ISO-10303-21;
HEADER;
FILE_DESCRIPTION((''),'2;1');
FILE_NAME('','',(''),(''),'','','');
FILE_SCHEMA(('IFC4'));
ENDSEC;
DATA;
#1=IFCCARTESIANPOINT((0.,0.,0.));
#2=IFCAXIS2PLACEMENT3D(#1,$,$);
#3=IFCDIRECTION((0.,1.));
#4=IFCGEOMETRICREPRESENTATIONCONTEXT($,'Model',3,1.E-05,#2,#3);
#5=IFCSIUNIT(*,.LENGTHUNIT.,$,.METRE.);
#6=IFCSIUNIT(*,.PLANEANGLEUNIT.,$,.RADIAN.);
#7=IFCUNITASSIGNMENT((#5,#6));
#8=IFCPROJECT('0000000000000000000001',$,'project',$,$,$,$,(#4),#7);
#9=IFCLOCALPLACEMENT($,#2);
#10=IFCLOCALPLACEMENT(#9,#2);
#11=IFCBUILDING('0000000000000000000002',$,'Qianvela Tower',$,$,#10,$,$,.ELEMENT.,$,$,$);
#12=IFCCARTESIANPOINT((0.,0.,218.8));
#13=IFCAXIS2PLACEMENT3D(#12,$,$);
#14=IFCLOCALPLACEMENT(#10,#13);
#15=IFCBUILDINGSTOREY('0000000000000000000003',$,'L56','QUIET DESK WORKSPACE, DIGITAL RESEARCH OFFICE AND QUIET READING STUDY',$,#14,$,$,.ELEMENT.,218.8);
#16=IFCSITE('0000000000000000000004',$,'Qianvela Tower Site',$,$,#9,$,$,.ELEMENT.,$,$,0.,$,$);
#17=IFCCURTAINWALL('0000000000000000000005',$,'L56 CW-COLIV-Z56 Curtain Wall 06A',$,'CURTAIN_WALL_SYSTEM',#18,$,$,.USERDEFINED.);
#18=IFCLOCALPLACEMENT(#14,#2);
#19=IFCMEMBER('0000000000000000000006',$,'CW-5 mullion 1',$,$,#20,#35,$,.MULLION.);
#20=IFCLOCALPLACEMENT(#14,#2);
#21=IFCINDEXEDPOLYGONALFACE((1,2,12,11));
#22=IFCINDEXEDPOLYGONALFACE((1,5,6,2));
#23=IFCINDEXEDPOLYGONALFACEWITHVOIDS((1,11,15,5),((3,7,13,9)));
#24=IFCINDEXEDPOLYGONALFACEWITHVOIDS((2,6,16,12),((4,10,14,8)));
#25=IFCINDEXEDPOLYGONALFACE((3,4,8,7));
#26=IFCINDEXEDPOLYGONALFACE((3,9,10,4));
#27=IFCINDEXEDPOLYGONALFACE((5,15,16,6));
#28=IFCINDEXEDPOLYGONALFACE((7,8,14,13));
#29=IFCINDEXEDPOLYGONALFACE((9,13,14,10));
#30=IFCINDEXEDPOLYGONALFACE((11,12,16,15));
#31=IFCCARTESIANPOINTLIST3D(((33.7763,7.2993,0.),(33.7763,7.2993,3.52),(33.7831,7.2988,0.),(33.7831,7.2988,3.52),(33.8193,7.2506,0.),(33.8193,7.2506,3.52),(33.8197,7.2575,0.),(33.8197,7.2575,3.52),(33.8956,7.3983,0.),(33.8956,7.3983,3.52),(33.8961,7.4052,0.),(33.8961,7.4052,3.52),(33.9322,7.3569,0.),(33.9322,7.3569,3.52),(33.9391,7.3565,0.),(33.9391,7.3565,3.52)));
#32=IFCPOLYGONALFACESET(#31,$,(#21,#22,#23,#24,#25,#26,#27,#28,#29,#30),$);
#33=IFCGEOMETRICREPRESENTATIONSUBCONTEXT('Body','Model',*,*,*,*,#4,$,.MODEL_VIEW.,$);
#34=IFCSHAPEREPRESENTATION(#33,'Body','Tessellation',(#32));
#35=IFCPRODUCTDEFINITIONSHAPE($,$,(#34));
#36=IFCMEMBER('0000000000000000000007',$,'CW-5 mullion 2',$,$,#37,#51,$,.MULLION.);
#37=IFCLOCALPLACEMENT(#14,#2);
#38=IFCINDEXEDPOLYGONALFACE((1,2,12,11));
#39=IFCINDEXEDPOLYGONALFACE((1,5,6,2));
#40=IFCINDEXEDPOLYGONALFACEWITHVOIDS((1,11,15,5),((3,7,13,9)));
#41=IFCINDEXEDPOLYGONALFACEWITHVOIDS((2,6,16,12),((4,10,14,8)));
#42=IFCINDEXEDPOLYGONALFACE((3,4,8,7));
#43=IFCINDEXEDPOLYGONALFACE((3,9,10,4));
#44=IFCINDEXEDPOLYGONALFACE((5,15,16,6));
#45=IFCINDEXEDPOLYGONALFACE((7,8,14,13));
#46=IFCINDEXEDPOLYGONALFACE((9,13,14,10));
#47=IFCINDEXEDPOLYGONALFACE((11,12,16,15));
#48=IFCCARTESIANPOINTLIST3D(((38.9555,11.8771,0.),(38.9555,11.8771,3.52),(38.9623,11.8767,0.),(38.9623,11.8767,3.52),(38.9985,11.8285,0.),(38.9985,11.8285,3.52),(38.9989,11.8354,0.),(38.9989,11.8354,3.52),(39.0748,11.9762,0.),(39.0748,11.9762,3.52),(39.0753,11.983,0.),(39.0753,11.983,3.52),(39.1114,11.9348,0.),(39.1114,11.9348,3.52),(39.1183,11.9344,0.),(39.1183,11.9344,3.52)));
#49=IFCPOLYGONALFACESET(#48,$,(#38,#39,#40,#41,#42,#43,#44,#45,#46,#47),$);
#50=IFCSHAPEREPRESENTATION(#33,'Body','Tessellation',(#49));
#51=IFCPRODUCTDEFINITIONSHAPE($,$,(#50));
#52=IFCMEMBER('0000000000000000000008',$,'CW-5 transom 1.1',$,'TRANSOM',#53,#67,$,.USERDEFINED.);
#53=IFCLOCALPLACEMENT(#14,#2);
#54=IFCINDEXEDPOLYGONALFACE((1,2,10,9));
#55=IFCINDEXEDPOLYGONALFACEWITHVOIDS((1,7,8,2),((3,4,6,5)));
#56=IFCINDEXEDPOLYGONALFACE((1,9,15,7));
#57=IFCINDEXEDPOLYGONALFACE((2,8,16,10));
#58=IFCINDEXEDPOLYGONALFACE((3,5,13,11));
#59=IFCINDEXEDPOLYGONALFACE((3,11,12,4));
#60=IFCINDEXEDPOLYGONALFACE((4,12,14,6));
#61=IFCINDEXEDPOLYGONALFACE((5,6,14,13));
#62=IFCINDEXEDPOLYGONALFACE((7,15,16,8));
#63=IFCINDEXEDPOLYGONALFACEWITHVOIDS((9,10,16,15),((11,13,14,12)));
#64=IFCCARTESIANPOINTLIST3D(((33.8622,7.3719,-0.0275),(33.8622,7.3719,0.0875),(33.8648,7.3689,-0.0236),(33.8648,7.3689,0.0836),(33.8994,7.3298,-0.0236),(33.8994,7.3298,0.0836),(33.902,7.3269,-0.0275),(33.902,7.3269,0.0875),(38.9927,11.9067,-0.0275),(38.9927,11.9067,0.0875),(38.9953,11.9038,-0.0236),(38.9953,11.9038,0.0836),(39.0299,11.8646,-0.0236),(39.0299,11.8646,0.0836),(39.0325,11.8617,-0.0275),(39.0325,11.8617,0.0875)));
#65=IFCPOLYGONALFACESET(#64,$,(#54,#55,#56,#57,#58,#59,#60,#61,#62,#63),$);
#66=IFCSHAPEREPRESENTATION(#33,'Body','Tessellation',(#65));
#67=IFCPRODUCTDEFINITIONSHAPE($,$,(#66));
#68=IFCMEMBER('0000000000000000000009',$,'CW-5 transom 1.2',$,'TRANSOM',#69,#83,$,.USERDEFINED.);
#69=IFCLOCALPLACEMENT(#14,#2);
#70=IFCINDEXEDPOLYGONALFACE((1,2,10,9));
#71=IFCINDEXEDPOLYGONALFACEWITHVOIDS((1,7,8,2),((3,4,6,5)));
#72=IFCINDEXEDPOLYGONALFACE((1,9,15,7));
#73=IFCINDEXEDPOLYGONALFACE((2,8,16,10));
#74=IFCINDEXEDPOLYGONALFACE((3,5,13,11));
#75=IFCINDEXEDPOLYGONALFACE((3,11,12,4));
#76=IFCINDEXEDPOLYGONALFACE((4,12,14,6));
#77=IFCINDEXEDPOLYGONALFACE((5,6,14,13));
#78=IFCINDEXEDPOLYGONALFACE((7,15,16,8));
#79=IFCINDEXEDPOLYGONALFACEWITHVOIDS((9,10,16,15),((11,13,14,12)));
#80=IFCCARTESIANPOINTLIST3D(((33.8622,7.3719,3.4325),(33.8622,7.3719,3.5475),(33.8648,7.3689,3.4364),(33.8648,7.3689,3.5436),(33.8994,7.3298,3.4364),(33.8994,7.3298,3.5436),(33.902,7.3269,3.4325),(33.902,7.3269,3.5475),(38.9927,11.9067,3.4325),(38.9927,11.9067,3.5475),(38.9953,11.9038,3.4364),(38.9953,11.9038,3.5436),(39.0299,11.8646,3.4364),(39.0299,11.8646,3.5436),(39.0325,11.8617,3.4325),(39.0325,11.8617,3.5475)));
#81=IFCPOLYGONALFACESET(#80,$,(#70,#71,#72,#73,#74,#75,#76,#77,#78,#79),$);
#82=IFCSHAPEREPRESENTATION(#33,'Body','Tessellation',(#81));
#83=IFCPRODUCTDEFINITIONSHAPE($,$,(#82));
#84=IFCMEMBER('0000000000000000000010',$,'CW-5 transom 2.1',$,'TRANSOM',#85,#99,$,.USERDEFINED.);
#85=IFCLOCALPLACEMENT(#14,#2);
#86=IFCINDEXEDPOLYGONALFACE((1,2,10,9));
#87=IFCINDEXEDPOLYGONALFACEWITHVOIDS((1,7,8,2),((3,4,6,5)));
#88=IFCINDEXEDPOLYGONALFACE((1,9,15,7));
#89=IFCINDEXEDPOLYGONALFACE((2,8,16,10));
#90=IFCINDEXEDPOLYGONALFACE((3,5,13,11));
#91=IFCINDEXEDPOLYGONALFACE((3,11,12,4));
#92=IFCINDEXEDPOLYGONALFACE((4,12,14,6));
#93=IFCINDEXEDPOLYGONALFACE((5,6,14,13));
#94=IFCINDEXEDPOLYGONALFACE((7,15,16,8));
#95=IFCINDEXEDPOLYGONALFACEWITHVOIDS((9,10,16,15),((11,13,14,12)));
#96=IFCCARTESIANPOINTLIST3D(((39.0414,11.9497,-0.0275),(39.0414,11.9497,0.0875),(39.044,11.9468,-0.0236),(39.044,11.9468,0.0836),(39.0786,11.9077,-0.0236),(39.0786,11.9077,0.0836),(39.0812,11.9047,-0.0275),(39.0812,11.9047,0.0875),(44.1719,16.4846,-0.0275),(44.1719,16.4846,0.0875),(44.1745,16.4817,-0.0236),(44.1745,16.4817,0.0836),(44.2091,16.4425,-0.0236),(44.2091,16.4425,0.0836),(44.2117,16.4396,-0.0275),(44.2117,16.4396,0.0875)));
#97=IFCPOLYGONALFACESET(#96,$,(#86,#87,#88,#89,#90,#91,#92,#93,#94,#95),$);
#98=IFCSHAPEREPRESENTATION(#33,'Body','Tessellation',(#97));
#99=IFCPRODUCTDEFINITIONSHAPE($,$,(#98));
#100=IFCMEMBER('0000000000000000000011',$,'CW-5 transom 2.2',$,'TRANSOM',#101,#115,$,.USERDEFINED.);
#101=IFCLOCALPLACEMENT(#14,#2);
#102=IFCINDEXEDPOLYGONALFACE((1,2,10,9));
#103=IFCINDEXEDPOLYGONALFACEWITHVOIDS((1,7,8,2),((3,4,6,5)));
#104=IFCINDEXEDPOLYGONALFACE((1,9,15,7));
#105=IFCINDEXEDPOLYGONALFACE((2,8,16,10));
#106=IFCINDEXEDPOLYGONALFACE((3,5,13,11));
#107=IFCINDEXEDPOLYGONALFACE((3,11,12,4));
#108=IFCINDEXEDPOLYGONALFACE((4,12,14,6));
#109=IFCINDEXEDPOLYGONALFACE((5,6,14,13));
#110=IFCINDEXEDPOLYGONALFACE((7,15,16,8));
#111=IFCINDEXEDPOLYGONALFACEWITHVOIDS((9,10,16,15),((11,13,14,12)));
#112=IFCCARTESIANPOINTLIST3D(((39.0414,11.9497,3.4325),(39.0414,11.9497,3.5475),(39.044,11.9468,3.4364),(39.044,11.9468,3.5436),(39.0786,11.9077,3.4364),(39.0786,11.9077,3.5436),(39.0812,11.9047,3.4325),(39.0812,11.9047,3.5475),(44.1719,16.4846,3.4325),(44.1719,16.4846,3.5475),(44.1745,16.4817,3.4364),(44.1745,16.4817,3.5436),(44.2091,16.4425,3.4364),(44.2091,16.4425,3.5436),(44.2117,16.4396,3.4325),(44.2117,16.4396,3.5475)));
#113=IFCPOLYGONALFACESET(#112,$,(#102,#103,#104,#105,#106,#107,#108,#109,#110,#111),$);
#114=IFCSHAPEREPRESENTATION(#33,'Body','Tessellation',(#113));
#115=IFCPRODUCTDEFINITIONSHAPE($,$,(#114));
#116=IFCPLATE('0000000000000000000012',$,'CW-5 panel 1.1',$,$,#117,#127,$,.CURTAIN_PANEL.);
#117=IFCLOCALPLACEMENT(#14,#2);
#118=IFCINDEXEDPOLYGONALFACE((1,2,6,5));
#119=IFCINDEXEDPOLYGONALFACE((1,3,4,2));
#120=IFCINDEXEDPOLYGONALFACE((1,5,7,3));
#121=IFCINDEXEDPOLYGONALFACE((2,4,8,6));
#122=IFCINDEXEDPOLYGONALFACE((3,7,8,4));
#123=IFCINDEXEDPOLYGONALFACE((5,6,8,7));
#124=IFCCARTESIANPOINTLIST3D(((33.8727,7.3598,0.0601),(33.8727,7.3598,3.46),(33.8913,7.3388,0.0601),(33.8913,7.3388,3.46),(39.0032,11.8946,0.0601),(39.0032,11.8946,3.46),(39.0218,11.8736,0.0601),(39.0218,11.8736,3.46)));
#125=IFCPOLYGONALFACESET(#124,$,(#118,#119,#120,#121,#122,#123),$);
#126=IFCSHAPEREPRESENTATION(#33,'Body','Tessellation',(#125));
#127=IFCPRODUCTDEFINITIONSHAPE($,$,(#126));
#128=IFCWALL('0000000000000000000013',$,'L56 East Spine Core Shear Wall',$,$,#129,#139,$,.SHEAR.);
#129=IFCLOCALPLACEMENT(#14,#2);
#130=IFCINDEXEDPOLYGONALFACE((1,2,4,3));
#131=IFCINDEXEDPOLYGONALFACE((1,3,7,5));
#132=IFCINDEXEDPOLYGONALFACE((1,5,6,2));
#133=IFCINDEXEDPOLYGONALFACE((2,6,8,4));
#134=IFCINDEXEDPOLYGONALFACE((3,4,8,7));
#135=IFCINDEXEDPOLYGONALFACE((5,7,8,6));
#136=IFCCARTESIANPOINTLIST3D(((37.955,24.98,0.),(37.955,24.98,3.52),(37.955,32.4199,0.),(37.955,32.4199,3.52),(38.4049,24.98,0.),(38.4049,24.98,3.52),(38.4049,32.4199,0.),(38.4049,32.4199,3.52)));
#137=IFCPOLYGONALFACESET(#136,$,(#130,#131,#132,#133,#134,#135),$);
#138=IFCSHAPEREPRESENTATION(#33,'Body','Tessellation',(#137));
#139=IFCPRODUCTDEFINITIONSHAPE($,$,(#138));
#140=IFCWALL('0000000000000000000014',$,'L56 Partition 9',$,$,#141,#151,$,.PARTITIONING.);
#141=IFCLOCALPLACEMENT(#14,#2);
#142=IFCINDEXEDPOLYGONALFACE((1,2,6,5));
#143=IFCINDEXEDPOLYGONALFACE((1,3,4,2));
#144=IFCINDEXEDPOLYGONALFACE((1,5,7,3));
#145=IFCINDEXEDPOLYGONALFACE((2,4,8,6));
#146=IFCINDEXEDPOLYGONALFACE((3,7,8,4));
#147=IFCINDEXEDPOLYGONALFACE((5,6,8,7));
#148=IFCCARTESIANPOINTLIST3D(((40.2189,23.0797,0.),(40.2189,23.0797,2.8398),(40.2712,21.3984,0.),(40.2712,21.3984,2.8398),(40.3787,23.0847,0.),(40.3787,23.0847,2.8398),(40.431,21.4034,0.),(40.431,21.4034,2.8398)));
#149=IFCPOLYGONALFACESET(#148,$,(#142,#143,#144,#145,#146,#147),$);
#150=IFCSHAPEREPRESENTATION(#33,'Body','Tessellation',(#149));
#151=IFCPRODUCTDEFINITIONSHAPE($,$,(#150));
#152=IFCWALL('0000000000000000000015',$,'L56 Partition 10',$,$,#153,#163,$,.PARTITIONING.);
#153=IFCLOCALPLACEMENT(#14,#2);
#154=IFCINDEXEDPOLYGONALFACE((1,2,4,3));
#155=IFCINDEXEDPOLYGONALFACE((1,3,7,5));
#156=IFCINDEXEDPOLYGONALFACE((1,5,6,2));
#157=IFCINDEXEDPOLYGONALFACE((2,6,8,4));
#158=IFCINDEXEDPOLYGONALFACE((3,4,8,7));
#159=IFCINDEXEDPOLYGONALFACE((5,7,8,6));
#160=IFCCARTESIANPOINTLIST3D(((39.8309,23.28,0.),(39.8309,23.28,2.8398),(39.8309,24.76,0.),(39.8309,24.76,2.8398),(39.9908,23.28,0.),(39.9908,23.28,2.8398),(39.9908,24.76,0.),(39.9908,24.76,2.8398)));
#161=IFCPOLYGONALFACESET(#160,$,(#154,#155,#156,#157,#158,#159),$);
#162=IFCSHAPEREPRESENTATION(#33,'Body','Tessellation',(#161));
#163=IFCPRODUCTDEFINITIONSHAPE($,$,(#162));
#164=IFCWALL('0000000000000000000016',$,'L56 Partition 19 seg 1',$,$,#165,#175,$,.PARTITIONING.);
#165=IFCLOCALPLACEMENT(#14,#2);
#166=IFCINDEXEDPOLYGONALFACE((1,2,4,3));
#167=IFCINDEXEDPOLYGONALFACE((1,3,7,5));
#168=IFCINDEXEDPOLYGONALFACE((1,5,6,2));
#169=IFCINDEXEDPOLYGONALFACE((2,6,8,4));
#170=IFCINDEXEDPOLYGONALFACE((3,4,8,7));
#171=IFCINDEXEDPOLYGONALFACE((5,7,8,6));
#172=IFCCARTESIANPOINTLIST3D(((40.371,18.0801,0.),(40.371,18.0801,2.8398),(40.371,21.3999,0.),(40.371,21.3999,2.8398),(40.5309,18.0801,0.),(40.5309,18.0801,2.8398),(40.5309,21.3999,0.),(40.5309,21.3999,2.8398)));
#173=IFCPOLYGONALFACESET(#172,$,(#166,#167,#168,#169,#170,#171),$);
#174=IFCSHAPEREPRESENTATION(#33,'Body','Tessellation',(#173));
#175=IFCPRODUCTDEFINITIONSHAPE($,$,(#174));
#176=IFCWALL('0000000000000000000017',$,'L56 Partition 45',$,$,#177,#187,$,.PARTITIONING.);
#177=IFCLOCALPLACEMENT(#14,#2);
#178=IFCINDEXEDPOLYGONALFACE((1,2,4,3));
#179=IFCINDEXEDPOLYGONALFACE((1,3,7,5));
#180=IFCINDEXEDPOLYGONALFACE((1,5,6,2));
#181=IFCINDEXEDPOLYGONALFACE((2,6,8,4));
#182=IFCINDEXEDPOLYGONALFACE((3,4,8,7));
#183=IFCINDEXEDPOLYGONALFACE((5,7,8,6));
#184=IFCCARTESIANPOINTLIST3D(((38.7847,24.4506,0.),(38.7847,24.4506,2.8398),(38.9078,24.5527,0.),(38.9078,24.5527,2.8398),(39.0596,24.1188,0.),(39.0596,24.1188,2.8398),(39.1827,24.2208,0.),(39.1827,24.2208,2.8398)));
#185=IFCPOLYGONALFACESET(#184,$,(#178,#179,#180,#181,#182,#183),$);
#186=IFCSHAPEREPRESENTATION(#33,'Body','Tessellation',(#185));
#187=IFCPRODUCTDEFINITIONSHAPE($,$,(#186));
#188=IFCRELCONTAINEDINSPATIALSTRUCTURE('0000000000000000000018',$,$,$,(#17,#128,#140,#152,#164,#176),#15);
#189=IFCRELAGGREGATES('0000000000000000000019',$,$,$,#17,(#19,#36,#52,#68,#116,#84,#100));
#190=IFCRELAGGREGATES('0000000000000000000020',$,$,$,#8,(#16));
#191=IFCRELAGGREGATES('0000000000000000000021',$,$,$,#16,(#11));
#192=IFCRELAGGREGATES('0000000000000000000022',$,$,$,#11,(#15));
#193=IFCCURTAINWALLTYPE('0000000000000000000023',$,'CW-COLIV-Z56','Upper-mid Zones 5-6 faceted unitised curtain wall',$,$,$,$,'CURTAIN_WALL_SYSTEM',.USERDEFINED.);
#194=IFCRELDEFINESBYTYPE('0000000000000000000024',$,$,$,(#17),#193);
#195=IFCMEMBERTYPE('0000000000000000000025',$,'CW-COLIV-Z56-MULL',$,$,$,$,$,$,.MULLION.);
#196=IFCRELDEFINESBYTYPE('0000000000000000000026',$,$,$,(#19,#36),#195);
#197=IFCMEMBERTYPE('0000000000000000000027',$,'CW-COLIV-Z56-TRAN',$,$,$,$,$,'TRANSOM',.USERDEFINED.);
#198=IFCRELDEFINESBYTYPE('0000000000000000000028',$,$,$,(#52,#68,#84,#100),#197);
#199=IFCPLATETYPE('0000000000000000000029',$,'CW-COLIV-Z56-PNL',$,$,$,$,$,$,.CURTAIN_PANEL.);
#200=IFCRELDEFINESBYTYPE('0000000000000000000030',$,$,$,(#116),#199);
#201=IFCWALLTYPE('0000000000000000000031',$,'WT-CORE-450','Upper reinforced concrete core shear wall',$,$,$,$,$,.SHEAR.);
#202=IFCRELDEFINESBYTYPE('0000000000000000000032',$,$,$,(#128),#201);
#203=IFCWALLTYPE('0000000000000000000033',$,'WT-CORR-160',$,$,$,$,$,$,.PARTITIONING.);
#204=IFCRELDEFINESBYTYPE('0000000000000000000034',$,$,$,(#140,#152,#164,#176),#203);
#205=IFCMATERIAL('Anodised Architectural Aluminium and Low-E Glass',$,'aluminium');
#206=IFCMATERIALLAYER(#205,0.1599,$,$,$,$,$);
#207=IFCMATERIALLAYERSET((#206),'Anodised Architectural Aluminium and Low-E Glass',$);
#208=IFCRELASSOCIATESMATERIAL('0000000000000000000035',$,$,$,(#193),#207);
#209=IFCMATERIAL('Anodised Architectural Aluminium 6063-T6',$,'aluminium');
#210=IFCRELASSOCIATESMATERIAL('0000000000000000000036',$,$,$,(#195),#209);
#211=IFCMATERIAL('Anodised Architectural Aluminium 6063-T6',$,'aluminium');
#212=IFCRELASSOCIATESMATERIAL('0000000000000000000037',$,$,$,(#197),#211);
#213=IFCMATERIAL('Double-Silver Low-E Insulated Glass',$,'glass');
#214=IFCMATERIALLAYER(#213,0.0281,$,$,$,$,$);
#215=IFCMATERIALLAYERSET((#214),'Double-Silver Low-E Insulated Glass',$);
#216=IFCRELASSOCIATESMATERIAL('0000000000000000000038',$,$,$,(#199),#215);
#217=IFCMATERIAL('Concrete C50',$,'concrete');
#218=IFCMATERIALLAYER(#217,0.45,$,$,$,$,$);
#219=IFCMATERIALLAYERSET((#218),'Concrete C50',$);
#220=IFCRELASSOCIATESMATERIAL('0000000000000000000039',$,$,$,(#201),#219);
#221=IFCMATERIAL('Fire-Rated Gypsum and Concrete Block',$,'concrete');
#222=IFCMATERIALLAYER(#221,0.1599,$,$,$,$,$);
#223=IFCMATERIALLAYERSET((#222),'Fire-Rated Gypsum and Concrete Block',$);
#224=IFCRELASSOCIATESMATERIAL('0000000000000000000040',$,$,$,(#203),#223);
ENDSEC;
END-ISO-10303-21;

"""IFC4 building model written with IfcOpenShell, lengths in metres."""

from ifc_helpers import new_model, si_unit, direction, frame, frame_2d, origin, origin_2d, place, context, subcontext, project, spatial, rectangle, hollow_rectangle, extrude, material, layer, layer_set, material_profile, profile_set, type_object, element, aggregate, save


model = new_model("IFC4")

# Units and contexts
model_context = context("Model", 3, precision=1e-05, world=origin(), true_north=direction((0.0, 1.0)))
body_context = subcontext(model_context, "Body", "Model", "MODEL_VIEW")
ifc_project = project(units=[si_unit("LENGTHUNIT", "METRE"), si_unit("PLANEANGLEUNIT", "RADIAN")], contexts=[model_context])

# Site, building, storey
site_placement = place(None, origin())
site = spatial("IfcSite", under=ifc_project, at=site_placement, Name="Qianvela Tower Site", CompositionType="ELEMENT", RefElevation=0.0)
building_placement = place(site_placement, origin())
building = spatial("IfcBuilding", under=site, at=building_placement, Name="Qianvela Tower", CompositionType="ELEMENT")
storey_placement = place(building_placement, frame((0.0, 0.0, 218.8)))
storey = spatial("IfcBuildingStorey", under=building, at=storey_placement, Name="L56", Description="QUIET DESK WORKSPACE, DIGITAL RESEARCH OFFICE AND QUIET READING STUDY", CompositionType="ELEMENT", Elevation=218.8)

# Curtain wall, members, plate
ifc_material_1 = material(Name="Anodised Architectural Aluminium and Low-E Glass", Category="aluminium")
ifc_layer_1 = layer(ifc_material_1, 0.1599)
ifc_layer_set_1 = layer_set([ifc_layer_1], Name="Anodised Architectural Aluminium and Low-E Glass")
curtain_wall_type = type_object("IfcCurtainWallType", Name="CW-COLIV-Z56", Description="Upper-mid Zones 5-6 faceted unitised curtain wall", ElementType="CURTAIN_WALL_SYSTEM", PredefinedType="USERDEFINED", material=ifc_layer_set_1)
curtain_wall_placement = place(storey_placement, origin())
curtain_wall = element("IfcCurtainWall", 1, at=curtain_wall_placement, inside=storey, type_object=curtain_wall_type, Name="L56 CW-COLIV-Z56 Curtain Wall 06A", ObjectType="CURTAIN_WALL_SYSTEM", PredefinedType="USERDEFINED")
ifc_material_2 = material(Name="Anodised Architectural Aluminium 6063-T6", Category="aluminium")
ifc_material_profile_1 = material_profile(ifc_material_2, hollow_rectangle(XDim=0.0649, YDim=0.1599, WallThickness=0.0049, at=origin_2d()), Name="ALU-MULL-65x160")
ifc_profile_set_1 = profile_set([ifc_material_profile_1], Name="Anodised Architectural Aluminium 6063-T6")
member_type_1 = type_object("IfcMemberType", Name="CW-COLIV-Z56-MULL", PredefinedType="MULLION", material=ifc_profile_set_1)
member_1_placement = place(storey_placement, frame((33.8577, 7.3279, 0.0), z_axis=(0.0, 0.0, 1.0), x_axis=(-0.662269, 0.749267, 0.0)))
member_1 = element("IfcMember", 2, at=member_1_placement, type_object=member_type_1, Name="CW-5 mullion 1", PredefinedType="MULLION", context=body_context, shape_type="SweptSolid", body=[
    extrude(hollow_rectangle(XDim=0.0649, YDim=0.1599, WallThickness=0.0049, at=origin_2d()), origin(), (0.0, 0.0, 1.0), 3.52),
])
member_2_placement = place(storey_placement, frame((39.0369, 11.9058, 0.0), z_axis=(0.0, 0.0, 1.0), x_axis=(-0.662269, 0.749267, 0.0)))
member_2 = element("IfcMember", 3, at=member_2_placement, type_object=member_type_1, Name="CW-5 mullion 2", PredefinedType="MULLION", context=body_context, shape_type="SweptSolid", body=[
    extrude(hollow_rectangle(XDim=0.0649, YDim=0.1599, WallThickness=0.0049, at=origin_2d()), origin(), (0.0, 0.0, 1.0), 3.52),
])
ifc_material_3 = material(Name="Anodised Architectural Aluminium 6063-T6", Category="aluminium")
ifc_material_profile_2 = material_profile(ifc_material_3, hollow_rectangle(XDim=0.0601, YDim=0.115, WallThickness=0.0039, at=origin_2d()), Name="ALU-TRAN-60x115")
ifc_profile_set_2 = profile_set([ifc_material_profile_2], Name="Anodised Architectural Aluminium 6063-T6")
member_type_2 = type_object("IfcMemberType", Name="CW-COLIV-Z56-TRAN", ElementType="TRANSOM", PredefinedType="USERDEFINED", material=ifc_profile_set_2)
member_3_placement = place(storey_placement, frame((33.8821, 7.3494, 0.03), z_axis=(0.749265, 0.66227, 0.0), x_axis=(-0.66227, 0.749265, 0.0)))
member_3 = element("IfcMember", 4, at=member_3_placement, type_object=member_type_2, Name="CW-5 transom 1.1", ObjectType="TRANSOM", PredefinedType="USERDEFINED", context=body_context, shape_type="SweptSolid", body=[
    extrude(hollow_rectangle(XDim=0.0601, YDim=0.115, WallThickness=0.0039, at=origin_2d()), origin(), (0.0, 0.0, 1.0), 6.8474),
])
member_4_placement = place(storey_placement, frame((33.8821, 7.3494, 3.49), z_axis=(0.749265, 0.66227, 0.0), x_axis=(-0.66227, 0.749265, 0.0)))
member_4 = element("IfcMember", 5, at=member_4_placement, type_object=member_type_2, Name="CW-5 transom 1.2", ObjectType="TRANSOM", PredefinedType="USERDEFINED", context=body_context, shape_type="SweptSolid", body=[
    extrude(hollow_rectangle(XDim=0.0601, YDim=0.115, WallThickness=0.0039, at=origin_2d()), origin(), (0.0, 0.0, 1.0), 6.8474),
])
member_5_placement = place(storey_placement, frame((39.0613, 11.9272, 0.03), z_axis=(0.749265, 0.66227, 0.0), x_axis=(-0.66227, 0.749265, 0.0)))
member_5 = element("IfcMember", 6, at=member_5_placement, type_object=member_type_2, Name="CW-5 transom 2.1", ObjectType="TRANSOM", PredefinedType="USERDEFINED", context=body_context, shape_type="SweptSolid", body=[
    extrude(hollow_rectangle(XDim=0.0601, YDim=0.115, WallThickness=0.0039, at=origin_2d()), origin(), (0.0, 0.0, 1.0), 6.8474),
])
member_6_placement = place(storey_placement, frame((39.0613, 11.9272, 3.49), z_axis=(0.749265, 0.66227, 0.0), x_axis=(-0.66227, 0.749265, 0.0)))
member_6 = element("IfcMember", 7, at=member_6_placement, type_object=member_type_2, Name="CW-5 transom 2.2", ObjectType="TRANSOM", PredefinedType="USERDEFINED", context=body_context, shape_type="SweptSolid", body=[
    extrude(hollow_rectangle(XDim=0.0601, YDim=0.115, WallThickness=0.0039, at=origin_2d()), origin(), (0.0, 0.0, 1.0), 6.8474),
])
ifc_material_4 = material(Name="Double-Silver Low-E Insulated Glass", Category="glass")
ifc_layer_2 = layer(ifc_material_4, 0.0281)
ifc_layer_set_2 = layer_set([ifc_layer_2], Name="Double-Silver Low-E Insulated Glass")
plate_type = type_object("IfcPlateType", Name="CW-COLIV-Z56-PNL", PredefinedType="CURTAIN_PANEL", material=ifc_layer_set_2)
plate_placement = place(storey_placement, frame((36.4473, 9.6167, 0.0601), z_axis=(0.0, 0.0, 1.0), x_axis=(0.749267, 0.662269, 0.0)))
plate = element("IfcPlate", 8, at=plate_placement, type_object=plate_type, Name="CW-5 panel 1.1", PredefinedType="CURTAIN_PANEL", context=body_context, shape_type="SweptSolid", body=[
    extrude(rectangle(XDim=6.8474, YDim=0.0281, at=origin_2d()), origin(), (0.0, 0.0, 1.0), 3.3999),
])
aggregate(curtain_wall, [member_1, member_2, member_3, member_4, plate, member_5, member_6])

# Walls
ifc_material_5 = material(Name="Concrete C50", Category="concrete")
ifc_layer_3 = layer(ifc_material_5, 0.45)
ifc_layer_set_3 = layer_set([ifc_layer_3], Name="Concrete C50")
wall_type_1 = type_object("IfcWallType", Name="WT-CORE-450", Description="Upper reinforced concrete core shear wall", PredefinedType="SHEAR", material=ifc_layer_set_3)
wall_1_placement = place(storey_placement, frame((38.1799, 24.98, 0.0), z_axis=(0.0, 0.0, 1.0), x_axis=(0.0, 1.0, 0.0)))
element("IfcWall", 9, at=wall_1_placement, inside=storey, type_object=wall_type_1, Name="L56 East Spine Core Shear Wall", PredefinedType="SHEAR", context=body_context, shape_type="SweptSolid", body=[
    extrude(rectangle(XDim=7.4399, YDim=0.45, at=frame_2d((3.72, 0.0))), origin(), (0.0, 0.0, 1.0), 3.52),
])
ifc_material_6 = material(Name="Fire-Rated Gypsum and Concrete Block", Category="concrete")
ifc_layer_4 = layer(ifc_material_6, 0.1599)
ifc_layer_set_4 = layer_set([ifc_layer_4], Name="Fire-Rated Gypsum and Concrete Block")
wall_type_2 = type_object("IfcWallType", Name="WT-CORR-160", PredefinedType="PARTITIONING", material=ifc_layer_set_4)
wall_2_placement = place(storey_placement, frame((40.3511, 21.4009, 0.0), z_axis=(0.0, 0.0, 1.0), x_axis=(-0.031058, 0.999518, 0.0)))
element("IfcWall", 10, at=wall_2_placement, inside=storey, type_object=wall_type_2, Name="L56 Partition 9", PredefinedType="PARTITIONING", context=body_context, shape_type="SweptSolid", body=[
    extrude(rectangle(XDim=1.6821, YDim=0.1599, at=frame_2d((0.8411, 0.0))), origin(), (0.0, 0.0, 1.0), 2.8398),
])
wall_3_placement = place(storey_placement, frame((39.9109, 23.28, 0.0), z_axis=(0.0, 0.0, 1.0), x_axis=(0.0, 1.0, 0.0)))
element("IfcWall", 11, at=wall_3_placement, inside=storey, type_object=wall_type_2, Name="L56 Partition 10", PredefinedType="PARTITIONING", context=body_context, shape_type="SweptSolid", body=[
    extrude(rectangle(XDim=1.48, YDim=0.1599, at=frame_2d((0.74, 0.0))), origin(), (0.0, 0.0, 1.0), 2.8398),
])
wall_4_placement = place(storey_placement, frame((40.4509, 18.0801, 0.0), z_axis=(0.0, 0.0, 1.0), x_axis=(0.0, 1.0, 0.0)))
element("IfcWall", 12, at=wall_4_placement, inside=storey, type_object=wall_type_2, Name="L56 Partition 19 seg 1", PredefinedType="PARTITIONING", context=body_context, shape_type="SweptSolid", body=[
    extrude(rectangle(XDim=3.3198, YDim=0.1599, at=frame_2d((1.6599, 0.0))), origin(), (0.0, 0.0, 1.0), 2.8398),
])
for number, where, z_axis, x_axis, name in (
    (13, (39.1211, 24.1699, 0.0), (0.0, 0.0, 1.0), (-0.638008, 0.77003, 0.0), "L56 Partition 45"),
):
    element("IfcWall", number, at=place(storey_placement, frame(where, z_axis=z_axis, x_axis=x_axis)), inside=storey, type_object=wall_type_2, Name=name, PredefinedType="PARTITIONING", context=body_context, shape_type="SweptSolid", body=[
        extrude(rectangle(XDim=0.4309, YDim=0.1599, at=frame_2d((0.2153, 0.0))), origin(), (0.0, 0.0, 1.0), 2.8398),
    ])

save(model, "model.ifc")
